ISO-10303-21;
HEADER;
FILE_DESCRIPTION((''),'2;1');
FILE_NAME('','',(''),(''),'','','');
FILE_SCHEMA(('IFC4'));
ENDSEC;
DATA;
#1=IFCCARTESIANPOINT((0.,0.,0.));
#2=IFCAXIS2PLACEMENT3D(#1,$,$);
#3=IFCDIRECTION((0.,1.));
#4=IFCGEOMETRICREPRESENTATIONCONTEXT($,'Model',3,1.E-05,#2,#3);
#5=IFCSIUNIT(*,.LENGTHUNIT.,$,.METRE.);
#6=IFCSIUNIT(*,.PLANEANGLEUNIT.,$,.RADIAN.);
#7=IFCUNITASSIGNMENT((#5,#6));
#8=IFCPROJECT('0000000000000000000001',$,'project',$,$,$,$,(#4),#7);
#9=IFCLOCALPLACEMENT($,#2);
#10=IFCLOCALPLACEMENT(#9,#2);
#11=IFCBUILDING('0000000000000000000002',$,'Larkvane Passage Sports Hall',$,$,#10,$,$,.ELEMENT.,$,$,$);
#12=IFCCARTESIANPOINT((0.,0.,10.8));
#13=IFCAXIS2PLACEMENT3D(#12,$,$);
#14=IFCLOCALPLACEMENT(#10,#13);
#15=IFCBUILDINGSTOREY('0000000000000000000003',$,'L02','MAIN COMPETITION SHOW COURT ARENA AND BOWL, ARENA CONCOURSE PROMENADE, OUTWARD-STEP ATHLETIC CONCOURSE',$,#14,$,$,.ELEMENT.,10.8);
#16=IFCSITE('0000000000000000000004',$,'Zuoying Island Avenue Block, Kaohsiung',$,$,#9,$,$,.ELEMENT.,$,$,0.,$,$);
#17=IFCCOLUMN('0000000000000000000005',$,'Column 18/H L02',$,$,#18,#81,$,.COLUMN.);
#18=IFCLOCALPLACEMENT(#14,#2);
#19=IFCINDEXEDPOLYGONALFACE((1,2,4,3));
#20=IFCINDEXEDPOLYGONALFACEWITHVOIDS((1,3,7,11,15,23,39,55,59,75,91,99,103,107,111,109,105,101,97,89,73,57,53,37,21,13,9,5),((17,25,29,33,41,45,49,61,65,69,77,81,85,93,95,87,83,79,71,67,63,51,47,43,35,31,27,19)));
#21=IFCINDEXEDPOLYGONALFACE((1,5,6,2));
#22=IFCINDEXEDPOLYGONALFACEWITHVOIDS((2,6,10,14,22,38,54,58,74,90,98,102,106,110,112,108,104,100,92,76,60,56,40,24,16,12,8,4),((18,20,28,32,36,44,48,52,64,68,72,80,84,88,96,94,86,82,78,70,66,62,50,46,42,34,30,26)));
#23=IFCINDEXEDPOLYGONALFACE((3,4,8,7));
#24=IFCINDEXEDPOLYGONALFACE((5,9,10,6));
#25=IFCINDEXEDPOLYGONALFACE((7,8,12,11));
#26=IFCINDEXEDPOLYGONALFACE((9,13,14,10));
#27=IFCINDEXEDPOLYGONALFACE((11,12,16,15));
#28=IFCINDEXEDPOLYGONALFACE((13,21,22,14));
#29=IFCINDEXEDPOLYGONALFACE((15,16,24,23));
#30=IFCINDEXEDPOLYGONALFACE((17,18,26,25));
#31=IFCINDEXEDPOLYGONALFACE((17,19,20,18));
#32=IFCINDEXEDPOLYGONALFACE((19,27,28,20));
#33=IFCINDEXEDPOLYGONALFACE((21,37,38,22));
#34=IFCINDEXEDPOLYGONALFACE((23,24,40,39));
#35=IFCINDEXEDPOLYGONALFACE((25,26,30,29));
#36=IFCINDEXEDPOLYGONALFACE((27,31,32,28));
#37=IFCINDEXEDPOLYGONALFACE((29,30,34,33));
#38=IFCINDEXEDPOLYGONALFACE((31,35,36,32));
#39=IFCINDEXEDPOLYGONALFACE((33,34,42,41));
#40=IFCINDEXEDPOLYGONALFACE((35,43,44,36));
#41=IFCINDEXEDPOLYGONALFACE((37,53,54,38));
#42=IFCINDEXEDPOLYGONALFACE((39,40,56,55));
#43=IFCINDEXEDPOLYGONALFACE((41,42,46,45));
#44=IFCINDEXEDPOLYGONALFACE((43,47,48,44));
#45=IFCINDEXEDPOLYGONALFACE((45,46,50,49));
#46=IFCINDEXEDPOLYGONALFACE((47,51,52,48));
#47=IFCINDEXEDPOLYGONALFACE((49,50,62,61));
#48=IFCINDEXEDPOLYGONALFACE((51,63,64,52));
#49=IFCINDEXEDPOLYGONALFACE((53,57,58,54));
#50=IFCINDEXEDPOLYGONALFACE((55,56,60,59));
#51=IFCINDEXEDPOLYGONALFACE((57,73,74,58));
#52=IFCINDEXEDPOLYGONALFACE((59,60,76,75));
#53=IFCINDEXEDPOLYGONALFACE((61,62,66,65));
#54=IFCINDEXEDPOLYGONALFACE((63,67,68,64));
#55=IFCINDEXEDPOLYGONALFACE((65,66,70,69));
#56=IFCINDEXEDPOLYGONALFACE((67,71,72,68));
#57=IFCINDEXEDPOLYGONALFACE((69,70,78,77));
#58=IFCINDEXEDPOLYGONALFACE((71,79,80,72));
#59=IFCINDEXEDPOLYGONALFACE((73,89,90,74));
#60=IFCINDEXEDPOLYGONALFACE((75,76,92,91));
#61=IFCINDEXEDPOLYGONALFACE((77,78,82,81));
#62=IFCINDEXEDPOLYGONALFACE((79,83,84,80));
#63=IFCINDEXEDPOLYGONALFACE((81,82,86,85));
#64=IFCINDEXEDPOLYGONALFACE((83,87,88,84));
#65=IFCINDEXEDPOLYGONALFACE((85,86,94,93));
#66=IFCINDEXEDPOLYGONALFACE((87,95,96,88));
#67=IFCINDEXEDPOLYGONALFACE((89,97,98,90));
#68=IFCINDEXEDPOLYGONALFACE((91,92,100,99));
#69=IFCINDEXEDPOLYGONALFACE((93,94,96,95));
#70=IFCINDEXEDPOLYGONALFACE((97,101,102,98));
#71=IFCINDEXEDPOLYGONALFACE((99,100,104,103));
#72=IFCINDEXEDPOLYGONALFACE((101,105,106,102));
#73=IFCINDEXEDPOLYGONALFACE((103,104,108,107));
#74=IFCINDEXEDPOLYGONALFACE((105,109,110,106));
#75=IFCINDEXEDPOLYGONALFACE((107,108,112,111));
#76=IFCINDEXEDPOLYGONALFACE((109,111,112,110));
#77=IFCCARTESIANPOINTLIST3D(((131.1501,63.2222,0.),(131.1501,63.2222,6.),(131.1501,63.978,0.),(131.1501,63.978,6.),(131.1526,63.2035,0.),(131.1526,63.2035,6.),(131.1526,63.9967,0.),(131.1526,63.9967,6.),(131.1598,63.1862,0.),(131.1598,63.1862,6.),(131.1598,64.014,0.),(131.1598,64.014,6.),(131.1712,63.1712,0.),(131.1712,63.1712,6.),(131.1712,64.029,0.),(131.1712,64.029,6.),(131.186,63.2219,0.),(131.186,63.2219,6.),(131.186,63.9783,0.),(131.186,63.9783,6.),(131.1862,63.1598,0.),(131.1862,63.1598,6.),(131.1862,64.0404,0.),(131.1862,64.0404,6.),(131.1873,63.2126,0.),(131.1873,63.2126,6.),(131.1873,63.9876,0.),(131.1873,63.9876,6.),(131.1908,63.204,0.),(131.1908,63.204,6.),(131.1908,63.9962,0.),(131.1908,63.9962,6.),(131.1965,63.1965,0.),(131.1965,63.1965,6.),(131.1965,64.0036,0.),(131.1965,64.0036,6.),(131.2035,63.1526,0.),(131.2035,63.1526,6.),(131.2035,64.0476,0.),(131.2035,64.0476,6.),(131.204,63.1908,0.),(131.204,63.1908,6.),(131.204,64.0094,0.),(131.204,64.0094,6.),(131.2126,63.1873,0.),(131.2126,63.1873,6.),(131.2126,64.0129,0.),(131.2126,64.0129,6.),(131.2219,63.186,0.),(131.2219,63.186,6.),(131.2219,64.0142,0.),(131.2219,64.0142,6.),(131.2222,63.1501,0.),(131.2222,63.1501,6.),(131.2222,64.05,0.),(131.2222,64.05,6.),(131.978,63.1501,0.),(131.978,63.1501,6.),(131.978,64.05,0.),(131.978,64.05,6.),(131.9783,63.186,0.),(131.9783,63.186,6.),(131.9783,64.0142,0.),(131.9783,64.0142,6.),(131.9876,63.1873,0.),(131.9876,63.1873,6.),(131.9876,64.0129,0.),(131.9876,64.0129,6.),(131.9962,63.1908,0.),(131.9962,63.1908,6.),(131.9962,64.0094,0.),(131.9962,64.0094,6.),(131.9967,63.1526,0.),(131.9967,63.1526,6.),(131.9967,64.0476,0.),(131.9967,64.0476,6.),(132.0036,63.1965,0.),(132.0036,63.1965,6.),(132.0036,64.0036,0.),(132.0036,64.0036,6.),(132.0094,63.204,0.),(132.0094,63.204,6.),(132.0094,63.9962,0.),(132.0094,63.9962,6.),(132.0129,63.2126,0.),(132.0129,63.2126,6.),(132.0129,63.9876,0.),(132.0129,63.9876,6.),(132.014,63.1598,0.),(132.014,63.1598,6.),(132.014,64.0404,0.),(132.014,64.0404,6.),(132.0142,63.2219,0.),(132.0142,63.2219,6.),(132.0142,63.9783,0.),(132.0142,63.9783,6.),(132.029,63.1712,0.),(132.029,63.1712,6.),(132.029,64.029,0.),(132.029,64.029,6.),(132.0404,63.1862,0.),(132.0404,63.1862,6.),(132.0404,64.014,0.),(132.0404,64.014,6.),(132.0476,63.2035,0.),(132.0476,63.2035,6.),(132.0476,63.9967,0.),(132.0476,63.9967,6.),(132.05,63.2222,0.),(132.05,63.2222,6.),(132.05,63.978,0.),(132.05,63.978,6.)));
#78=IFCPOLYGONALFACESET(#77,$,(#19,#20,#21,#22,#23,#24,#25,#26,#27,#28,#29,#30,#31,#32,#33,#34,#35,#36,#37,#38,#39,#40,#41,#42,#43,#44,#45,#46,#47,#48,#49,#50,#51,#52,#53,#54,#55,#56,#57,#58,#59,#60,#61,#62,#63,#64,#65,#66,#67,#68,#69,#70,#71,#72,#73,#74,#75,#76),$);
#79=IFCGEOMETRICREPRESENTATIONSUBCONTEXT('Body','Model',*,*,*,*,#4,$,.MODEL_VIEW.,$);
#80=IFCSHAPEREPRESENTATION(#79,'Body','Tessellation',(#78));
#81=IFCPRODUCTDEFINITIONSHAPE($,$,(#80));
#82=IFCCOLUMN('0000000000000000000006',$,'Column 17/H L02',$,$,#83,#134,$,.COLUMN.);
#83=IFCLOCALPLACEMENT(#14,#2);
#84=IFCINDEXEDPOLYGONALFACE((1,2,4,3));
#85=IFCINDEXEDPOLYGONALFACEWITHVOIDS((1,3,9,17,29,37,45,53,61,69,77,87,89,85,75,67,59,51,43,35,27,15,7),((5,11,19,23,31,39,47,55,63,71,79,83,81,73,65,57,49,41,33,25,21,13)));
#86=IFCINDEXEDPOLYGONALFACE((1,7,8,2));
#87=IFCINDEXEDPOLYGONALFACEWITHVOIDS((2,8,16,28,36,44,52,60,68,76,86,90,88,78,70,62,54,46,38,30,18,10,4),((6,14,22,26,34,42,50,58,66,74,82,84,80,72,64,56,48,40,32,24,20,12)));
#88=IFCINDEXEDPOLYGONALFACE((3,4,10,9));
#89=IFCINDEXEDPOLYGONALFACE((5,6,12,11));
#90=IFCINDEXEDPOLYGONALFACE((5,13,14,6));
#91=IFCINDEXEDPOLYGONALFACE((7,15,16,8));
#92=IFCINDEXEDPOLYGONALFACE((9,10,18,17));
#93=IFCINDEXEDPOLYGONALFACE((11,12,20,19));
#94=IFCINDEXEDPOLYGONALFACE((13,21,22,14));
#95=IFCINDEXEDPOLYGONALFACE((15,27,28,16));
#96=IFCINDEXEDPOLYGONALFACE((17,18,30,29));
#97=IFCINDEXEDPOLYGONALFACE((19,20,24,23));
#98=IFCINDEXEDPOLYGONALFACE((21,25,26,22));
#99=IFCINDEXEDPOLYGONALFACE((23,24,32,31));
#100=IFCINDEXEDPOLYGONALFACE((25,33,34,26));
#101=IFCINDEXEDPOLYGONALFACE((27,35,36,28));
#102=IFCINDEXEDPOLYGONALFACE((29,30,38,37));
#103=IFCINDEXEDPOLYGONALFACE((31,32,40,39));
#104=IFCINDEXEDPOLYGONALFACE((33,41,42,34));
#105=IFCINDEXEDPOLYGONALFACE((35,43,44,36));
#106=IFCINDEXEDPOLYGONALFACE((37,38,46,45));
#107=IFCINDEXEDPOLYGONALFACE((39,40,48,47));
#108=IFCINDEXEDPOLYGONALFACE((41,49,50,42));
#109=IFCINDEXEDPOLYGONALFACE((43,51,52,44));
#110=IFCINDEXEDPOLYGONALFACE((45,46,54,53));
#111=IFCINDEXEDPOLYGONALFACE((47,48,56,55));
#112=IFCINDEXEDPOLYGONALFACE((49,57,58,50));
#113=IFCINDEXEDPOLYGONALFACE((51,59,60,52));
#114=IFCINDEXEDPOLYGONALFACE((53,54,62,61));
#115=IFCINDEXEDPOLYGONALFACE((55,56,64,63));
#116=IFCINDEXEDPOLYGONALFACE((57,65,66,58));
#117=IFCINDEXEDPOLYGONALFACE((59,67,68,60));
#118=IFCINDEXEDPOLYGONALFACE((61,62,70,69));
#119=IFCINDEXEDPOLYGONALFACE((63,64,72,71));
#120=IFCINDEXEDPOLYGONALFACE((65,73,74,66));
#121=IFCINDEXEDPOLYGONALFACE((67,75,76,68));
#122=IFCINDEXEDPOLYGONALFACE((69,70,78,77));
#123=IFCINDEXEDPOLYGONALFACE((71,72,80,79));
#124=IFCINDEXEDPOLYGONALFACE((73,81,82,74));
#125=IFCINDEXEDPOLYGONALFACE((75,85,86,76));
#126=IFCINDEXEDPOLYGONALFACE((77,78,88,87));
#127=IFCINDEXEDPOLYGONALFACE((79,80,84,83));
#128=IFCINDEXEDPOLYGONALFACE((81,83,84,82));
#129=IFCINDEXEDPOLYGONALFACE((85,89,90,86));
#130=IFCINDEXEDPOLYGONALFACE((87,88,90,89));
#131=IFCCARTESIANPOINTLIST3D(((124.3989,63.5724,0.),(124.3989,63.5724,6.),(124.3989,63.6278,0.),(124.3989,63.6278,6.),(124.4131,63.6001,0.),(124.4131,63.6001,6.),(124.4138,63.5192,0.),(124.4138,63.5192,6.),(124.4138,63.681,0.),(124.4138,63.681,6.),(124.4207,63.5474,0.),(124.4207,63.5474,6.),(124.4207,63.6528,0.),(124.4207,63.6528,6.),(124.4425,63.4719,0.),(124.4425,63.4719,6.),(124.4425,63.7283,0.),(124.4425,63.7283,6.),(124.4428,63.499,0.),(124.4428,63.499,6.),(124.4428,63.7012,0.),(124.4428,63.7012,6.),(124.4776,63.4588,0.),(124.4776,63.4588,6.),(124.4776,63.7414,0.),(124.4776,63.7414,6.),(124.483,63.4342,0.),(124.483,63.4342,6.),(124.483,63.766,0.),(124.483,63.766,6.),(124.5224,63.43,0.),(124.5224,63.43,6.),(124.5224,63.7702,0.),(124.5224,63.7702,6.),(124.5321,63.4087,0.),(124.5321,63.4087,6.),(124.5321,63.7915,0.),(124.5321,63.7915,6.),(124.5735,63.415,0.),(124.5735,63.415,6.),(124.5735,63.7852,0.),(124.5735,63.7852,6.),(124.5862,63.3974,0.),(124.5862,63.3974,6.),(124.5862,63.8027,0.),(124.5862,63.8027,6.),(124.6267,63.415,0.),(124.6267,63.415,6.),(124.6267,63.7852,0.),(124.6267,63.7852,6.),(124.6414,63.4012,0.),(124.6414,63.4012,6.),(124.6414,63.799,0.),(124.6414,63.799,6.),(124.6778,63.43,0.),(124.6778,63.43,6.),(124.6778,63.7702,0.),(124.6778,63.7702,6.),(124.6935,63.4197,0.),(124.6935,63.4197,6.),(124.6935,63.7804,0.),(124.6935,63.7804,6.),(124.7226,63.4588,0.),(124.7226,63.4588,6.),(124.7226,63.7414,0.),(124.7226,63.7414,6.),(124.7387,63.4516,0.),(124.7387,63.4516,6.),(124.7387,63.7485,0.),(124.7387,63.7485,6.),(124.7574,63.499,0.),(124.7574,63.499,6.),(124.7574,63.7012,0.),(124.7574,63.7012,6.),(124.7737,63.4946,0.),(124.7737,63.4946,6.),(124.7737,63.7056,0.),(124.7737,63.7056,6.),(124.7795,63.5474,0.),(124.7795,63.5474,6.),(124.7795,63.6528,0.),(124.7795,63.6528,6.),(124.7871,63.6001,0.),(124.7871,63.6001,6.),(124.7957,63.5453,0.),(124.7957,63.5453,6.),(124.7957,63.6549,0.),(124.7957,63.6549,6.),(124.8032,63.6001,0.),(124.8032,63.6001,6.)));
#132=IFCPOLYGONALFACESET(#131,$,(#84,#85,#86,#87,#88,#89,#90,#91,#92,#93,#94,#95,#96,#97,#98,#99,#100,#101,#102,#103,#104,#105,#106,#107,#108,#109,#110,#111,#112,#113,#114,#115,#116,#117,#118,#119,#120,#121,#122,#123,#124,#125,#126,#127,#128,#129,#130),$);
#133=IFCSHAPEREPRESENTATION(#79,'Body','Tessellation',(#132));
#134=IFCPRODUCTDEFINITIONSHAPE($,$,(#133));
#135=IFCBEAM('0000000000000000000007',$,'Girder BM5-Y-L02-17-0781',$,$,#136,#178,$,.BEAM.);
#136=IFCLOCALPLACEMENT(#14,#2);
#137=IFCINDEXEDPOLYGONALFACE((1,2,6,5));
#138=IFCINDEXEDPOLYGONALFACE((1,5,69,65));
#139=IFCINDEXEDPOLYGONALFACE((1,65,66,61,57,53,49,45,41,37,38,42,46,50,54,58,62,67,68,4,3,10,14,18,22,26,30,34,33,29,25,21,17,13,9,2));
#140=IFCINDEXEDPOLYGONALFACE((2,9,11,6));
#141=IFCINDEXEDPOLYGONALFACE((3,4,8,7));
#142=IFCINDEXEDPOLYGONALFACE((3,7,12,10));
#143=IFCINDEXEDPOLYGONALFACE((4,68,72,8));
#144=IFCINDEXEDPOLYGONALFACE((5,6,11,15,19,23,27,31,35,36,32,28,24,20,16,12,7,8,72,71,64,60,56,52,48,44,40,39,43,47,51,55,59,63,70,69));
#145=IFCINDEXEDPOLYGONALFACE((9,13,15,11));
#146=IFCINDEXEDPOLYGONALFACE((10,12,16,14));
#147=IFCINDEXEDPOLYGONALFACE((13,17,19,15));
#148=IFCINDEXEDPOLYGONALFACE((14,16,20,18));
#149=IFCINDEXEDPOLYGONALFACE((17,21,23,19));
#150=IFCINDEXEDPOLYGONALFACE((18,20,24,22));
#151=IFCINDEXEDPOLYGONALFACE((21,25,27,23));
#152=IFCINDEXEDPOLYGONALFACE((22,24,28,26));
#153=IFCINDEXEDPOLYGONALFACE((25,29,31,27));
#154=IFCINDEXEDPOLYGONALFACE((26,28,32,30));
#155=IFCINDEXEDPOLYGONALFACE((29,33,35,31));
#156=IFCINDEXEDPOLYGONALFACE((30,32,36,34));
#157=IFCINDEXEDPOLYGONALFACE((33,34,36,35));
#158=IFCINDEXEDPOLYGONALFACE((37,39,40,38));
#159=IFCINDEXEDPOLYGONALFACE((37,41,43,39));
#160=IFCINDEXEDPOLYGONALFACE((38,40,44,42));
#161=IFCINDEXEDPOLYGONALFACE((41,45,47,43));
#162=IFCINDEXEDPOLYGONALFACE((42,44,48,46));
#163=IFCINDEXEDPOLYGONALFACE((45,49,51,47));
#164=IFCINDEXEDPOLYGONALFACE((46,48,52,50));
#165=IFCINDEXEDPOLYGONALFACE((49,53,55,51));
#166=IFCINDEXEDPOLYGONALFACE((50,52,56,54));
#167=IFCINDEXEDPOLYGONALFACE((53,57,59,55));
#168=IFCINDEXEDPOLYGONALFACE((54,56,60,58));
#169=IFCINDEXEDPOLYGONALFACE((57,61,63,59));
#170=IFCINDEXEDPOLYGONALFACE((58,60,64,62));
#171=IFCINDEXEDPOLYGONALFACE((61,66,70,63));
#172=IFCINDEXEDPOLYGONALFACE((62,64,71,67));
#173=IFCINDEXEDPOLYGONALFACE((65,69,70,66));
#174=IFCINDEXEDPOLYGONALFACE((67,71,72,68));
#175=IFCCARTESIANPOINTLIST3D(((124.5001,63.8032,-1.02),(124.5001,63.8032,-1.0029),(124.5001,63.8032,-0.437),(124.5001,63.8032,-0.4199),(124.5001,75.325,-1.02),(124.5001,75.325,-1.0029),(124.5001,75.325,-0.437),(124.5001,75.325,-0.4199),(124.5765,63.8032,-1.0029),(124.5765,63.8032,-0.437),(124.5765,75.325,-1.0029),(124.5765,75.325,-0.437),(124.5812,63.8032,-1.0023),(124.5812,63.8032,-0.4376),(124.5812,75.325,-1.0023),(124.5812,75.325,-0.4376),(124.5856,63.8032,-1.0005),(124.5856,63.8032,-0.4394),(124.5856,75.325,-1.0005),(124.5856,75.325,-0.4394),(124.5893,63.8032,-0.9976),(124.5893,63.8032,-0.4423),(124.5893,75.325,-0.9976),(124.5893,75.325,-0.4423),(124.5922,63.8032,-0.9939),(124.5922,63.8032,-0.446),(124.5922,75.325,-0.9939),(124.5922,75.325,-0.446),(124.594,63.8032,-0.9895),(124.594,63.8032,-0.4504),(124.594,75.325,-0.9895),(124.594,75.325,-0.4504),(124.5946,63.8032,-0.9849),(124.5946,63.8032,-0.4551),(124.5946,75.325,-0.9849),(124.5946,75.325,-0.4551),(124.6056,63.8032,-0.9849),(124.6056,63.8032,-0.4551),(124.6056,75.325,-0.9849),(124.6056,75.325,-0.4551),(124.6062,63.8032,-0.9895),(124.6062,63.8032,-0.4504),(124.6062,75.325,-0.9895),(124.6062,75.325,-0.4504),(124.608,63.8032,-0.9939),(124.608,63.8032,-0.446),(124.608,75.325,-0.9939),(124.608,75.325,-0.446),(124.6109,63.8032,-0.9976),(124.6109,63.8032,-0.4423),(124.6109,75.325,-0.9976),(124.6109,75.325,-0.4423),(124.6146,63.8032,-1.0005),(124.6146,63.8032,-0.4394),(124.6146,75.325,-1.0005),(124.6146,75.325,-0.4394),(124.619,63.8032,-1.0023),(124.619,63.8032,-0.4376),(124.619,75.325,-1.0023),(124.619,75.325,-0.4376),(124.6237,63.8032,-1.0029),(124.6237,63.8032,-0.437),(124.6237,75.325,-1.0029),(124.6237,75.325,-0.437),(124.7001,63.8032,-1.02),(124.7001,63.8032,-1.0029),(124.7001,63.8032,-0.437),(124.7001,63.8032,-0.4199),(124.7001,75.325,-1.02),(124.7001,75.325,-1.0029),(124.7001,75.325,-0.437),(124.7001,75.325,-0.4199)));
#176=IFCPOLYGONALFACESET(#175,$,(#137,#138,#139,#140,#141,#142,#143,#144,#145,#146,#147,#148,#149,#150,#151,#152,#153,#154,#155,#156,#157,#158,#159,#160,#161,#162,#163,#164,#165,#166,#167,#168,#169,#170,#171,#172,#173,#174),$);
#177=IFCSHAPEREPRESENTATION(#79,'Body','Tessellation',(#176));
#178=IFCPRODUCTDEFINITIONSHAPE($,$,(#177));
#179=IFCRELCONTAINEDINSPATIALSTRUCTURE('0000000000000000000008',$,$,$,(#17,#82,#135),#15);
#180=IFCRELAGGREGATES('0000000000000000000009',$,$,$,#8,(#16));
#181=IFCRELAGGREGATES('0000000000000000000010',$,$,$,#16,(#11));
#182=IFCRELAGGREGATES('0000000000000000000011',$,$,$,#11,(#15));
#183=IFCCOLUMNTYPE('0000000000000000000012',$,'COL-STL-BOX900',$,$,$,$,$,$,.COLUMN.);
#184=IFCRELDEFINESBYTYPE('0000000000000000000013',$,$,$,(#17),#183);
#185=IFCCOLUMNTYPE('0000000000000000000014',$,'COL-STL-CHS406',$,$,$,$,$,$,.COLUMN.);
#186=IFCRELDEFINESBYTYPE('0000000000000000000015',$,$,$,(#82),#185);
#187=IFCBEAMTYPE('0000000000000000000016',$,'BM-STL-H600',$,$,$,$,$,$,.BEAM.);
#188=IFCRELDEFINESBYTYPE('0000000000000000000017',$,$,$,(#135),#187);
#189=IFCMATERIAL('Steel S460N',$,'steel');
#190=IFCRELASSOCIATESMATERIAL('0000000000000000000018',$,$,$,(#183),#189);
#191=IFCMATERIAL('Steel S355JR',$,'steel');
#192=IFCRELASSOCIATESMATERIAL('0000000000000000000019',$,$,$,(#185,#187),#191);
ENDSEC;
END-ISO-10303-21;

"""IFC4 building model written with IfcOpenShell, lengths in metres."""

from ifc_helpers import new_model, si_unit, direction, frame, origin, origin_2d, place, context, subcontext, project, spatial, hollow_rectangle, hollow_circle, i_section, extrude, material, material_profile, profile_set, type_object, element, save


model = new_model("IFC4")

# Units and contexts
model_context = context("Model", 3, precision=1e-05, world=origin(), true_north=direction((0.0, 1.0)))
body_context = subcontext(model_context, "Body", "Model", "MODEL_VIEW")
ifc_project = project(units=[si_unit("LENGTHUNIT", "METRE"), si_unit("PLANEANGLEUNIT", "RADIAN")], contexts=[model_context])

# Site, building, storey
site_placement = place(None, origin())
site = spatial("IfcSite", under=ifc_project, at=site_placement, Name="Zuoying Island Avenue Block, Kaohsiung", CompositionType="ELEMENT", RefElevation=0.0)
building_placement = place(site_placement, origin())
building = spatial("IfcBuilding", under=site, at=building_placement, Name="Larkvane Passage Sports Hall", CompositionType="ELEMENT")
storey_placement = place(building_placement, frame((0.0, 0.0, 10.8)))
storey = spatial("IfcBuildingStorey", under=building, at=storey_placement, Name="L02", Description="MAIN COMPETITION SHOW COURT ARENA AND BOWL, ARENA CONCOURSE PROMENADE, OUTWARD-STEP ATHLETIC CONCOURSE", CompositionType="ELEMENT", Elevation=10.8)

# Columns
ifc_material_1 = material(Name="Steel S460N", Category="steel")
ifc_material_profile_1 = material_profile(ifc_material_1, hollow_rectangle(XDim=0.8999, YDim=0.8999, WallThickness=0.0359, InnerFilletRadius=0.0359, OuterFilletRadius=0.072, at=origin_2d()), Name="BOX-900x900x36")
ifc_profile_set_1 = profile_set([ifc_material_profile_1], Name="Steel S460N")
column_type_1 = type_object("IfcColumnType", Name="COL-STL-BOX900", PredefinedType="COLUMN", material=ifc_profile_set_1)
column_1_placement = place(storey_placement, frame((131.6001, 63.6001, 0.0), z_axis=(0.0, 0.0, 1.0), x_axis=(1.0, 0.0, 0.0)))
element("IfcColumn", 1, at=column_1_placement, inside=storey, type_object=column_type_1, Name="Column 18/H L02", PredefinedType="COLUMN", context=body_context, shape_type="SweptSolid", body=[
    extrude(hollow_rectangle(XDim=0.8999, YDim=0.8999, WallThickness=0.0359, InnerFilletRadius=0.0359, OuterFilletRadius=0.072, at=origin_2d()), origin(), (0.0, 0.0, 1.0), 6.0),
])
ifc_material_2 = material(Name="Steel S355JR", Category="steel")
ifc_material_profile_2 = material_profile(ifc_material_2, hollow_circle(Radius=0.2031, WallThickness=0.0161, at=origin_2d()), Name="CHS-406.4x16.0")
ifc_profile_set_2 = profile_set([ifc_material_profile_2], Name="Steel S355JR")
column_type_2 = type_object("IfcColumnType", Name="COL-STL-CHS406", PredefinedType="COLUMN", material=ifc_profile_set_2)
column_2_placement = place(storey_placement, frame((124.6001, 63.6001, 0.0), z_axis=(0.0, 0.0, 1.0), x_axis=(1.0, 0.0, 0.0)))
element("IfcColumn", 2, at=column_2_placement, inside=storey, type_object=column_type_2, Name="Column 17/H L02", PredefinedType="COLUMN", context=body_context, shape_type="SweptSolid", body=[
    extrude(hollow_circle(Radius=0.2031, WallThickness=0.0161, at=origin_2d()), origin(), (0.0, 0.0, 1.0), 6.0),
])

# Beam
ifc_material_profile_3 = material_profile(ifc_material_2, i_section(OverallWidth=0.2, OverallDepth=0.6001, WebThickness=0.011, FlangeThickness=0.0171, FilletRadius=0.0181, at=origin_2d()), Name="H-600x200x11x17")
ifc_profile_set_3 = profile_set([ifc_material_profile_3], Name="Steel S355JR")
beam_type_1 = type_object("IfcBeamType", Name="BM-STL-H600", PredefinedType="BEAM", material=ifc_profile_set_3)
beam_1_placement = place(storey_placement, frame((124.6001, 63.8032, -0.72), z_axis=(0.0, 1.0, 0.0), x_axis=(-1.0, 0.0, 0.0)))
element("IfcBeam", 3, at=beam_1_placement, inside=storey, type_object=beam_type_1, Name="Girder BM5-Y-L02-17-0781", PredefinedType="BEAM", context=body_context, shape_type="SweptSolid", body=[
    extrude(i_section(OverallWidth=0.2, OverallDepth=0.6001, WebThickness=0.011, FlangeThickness=0.0171, FilletRadius=0.0181, at=origin_2d()), origin(), (0.0, 0.0, 1.0), 11.5217),
])

save(model, "model.ifc")
